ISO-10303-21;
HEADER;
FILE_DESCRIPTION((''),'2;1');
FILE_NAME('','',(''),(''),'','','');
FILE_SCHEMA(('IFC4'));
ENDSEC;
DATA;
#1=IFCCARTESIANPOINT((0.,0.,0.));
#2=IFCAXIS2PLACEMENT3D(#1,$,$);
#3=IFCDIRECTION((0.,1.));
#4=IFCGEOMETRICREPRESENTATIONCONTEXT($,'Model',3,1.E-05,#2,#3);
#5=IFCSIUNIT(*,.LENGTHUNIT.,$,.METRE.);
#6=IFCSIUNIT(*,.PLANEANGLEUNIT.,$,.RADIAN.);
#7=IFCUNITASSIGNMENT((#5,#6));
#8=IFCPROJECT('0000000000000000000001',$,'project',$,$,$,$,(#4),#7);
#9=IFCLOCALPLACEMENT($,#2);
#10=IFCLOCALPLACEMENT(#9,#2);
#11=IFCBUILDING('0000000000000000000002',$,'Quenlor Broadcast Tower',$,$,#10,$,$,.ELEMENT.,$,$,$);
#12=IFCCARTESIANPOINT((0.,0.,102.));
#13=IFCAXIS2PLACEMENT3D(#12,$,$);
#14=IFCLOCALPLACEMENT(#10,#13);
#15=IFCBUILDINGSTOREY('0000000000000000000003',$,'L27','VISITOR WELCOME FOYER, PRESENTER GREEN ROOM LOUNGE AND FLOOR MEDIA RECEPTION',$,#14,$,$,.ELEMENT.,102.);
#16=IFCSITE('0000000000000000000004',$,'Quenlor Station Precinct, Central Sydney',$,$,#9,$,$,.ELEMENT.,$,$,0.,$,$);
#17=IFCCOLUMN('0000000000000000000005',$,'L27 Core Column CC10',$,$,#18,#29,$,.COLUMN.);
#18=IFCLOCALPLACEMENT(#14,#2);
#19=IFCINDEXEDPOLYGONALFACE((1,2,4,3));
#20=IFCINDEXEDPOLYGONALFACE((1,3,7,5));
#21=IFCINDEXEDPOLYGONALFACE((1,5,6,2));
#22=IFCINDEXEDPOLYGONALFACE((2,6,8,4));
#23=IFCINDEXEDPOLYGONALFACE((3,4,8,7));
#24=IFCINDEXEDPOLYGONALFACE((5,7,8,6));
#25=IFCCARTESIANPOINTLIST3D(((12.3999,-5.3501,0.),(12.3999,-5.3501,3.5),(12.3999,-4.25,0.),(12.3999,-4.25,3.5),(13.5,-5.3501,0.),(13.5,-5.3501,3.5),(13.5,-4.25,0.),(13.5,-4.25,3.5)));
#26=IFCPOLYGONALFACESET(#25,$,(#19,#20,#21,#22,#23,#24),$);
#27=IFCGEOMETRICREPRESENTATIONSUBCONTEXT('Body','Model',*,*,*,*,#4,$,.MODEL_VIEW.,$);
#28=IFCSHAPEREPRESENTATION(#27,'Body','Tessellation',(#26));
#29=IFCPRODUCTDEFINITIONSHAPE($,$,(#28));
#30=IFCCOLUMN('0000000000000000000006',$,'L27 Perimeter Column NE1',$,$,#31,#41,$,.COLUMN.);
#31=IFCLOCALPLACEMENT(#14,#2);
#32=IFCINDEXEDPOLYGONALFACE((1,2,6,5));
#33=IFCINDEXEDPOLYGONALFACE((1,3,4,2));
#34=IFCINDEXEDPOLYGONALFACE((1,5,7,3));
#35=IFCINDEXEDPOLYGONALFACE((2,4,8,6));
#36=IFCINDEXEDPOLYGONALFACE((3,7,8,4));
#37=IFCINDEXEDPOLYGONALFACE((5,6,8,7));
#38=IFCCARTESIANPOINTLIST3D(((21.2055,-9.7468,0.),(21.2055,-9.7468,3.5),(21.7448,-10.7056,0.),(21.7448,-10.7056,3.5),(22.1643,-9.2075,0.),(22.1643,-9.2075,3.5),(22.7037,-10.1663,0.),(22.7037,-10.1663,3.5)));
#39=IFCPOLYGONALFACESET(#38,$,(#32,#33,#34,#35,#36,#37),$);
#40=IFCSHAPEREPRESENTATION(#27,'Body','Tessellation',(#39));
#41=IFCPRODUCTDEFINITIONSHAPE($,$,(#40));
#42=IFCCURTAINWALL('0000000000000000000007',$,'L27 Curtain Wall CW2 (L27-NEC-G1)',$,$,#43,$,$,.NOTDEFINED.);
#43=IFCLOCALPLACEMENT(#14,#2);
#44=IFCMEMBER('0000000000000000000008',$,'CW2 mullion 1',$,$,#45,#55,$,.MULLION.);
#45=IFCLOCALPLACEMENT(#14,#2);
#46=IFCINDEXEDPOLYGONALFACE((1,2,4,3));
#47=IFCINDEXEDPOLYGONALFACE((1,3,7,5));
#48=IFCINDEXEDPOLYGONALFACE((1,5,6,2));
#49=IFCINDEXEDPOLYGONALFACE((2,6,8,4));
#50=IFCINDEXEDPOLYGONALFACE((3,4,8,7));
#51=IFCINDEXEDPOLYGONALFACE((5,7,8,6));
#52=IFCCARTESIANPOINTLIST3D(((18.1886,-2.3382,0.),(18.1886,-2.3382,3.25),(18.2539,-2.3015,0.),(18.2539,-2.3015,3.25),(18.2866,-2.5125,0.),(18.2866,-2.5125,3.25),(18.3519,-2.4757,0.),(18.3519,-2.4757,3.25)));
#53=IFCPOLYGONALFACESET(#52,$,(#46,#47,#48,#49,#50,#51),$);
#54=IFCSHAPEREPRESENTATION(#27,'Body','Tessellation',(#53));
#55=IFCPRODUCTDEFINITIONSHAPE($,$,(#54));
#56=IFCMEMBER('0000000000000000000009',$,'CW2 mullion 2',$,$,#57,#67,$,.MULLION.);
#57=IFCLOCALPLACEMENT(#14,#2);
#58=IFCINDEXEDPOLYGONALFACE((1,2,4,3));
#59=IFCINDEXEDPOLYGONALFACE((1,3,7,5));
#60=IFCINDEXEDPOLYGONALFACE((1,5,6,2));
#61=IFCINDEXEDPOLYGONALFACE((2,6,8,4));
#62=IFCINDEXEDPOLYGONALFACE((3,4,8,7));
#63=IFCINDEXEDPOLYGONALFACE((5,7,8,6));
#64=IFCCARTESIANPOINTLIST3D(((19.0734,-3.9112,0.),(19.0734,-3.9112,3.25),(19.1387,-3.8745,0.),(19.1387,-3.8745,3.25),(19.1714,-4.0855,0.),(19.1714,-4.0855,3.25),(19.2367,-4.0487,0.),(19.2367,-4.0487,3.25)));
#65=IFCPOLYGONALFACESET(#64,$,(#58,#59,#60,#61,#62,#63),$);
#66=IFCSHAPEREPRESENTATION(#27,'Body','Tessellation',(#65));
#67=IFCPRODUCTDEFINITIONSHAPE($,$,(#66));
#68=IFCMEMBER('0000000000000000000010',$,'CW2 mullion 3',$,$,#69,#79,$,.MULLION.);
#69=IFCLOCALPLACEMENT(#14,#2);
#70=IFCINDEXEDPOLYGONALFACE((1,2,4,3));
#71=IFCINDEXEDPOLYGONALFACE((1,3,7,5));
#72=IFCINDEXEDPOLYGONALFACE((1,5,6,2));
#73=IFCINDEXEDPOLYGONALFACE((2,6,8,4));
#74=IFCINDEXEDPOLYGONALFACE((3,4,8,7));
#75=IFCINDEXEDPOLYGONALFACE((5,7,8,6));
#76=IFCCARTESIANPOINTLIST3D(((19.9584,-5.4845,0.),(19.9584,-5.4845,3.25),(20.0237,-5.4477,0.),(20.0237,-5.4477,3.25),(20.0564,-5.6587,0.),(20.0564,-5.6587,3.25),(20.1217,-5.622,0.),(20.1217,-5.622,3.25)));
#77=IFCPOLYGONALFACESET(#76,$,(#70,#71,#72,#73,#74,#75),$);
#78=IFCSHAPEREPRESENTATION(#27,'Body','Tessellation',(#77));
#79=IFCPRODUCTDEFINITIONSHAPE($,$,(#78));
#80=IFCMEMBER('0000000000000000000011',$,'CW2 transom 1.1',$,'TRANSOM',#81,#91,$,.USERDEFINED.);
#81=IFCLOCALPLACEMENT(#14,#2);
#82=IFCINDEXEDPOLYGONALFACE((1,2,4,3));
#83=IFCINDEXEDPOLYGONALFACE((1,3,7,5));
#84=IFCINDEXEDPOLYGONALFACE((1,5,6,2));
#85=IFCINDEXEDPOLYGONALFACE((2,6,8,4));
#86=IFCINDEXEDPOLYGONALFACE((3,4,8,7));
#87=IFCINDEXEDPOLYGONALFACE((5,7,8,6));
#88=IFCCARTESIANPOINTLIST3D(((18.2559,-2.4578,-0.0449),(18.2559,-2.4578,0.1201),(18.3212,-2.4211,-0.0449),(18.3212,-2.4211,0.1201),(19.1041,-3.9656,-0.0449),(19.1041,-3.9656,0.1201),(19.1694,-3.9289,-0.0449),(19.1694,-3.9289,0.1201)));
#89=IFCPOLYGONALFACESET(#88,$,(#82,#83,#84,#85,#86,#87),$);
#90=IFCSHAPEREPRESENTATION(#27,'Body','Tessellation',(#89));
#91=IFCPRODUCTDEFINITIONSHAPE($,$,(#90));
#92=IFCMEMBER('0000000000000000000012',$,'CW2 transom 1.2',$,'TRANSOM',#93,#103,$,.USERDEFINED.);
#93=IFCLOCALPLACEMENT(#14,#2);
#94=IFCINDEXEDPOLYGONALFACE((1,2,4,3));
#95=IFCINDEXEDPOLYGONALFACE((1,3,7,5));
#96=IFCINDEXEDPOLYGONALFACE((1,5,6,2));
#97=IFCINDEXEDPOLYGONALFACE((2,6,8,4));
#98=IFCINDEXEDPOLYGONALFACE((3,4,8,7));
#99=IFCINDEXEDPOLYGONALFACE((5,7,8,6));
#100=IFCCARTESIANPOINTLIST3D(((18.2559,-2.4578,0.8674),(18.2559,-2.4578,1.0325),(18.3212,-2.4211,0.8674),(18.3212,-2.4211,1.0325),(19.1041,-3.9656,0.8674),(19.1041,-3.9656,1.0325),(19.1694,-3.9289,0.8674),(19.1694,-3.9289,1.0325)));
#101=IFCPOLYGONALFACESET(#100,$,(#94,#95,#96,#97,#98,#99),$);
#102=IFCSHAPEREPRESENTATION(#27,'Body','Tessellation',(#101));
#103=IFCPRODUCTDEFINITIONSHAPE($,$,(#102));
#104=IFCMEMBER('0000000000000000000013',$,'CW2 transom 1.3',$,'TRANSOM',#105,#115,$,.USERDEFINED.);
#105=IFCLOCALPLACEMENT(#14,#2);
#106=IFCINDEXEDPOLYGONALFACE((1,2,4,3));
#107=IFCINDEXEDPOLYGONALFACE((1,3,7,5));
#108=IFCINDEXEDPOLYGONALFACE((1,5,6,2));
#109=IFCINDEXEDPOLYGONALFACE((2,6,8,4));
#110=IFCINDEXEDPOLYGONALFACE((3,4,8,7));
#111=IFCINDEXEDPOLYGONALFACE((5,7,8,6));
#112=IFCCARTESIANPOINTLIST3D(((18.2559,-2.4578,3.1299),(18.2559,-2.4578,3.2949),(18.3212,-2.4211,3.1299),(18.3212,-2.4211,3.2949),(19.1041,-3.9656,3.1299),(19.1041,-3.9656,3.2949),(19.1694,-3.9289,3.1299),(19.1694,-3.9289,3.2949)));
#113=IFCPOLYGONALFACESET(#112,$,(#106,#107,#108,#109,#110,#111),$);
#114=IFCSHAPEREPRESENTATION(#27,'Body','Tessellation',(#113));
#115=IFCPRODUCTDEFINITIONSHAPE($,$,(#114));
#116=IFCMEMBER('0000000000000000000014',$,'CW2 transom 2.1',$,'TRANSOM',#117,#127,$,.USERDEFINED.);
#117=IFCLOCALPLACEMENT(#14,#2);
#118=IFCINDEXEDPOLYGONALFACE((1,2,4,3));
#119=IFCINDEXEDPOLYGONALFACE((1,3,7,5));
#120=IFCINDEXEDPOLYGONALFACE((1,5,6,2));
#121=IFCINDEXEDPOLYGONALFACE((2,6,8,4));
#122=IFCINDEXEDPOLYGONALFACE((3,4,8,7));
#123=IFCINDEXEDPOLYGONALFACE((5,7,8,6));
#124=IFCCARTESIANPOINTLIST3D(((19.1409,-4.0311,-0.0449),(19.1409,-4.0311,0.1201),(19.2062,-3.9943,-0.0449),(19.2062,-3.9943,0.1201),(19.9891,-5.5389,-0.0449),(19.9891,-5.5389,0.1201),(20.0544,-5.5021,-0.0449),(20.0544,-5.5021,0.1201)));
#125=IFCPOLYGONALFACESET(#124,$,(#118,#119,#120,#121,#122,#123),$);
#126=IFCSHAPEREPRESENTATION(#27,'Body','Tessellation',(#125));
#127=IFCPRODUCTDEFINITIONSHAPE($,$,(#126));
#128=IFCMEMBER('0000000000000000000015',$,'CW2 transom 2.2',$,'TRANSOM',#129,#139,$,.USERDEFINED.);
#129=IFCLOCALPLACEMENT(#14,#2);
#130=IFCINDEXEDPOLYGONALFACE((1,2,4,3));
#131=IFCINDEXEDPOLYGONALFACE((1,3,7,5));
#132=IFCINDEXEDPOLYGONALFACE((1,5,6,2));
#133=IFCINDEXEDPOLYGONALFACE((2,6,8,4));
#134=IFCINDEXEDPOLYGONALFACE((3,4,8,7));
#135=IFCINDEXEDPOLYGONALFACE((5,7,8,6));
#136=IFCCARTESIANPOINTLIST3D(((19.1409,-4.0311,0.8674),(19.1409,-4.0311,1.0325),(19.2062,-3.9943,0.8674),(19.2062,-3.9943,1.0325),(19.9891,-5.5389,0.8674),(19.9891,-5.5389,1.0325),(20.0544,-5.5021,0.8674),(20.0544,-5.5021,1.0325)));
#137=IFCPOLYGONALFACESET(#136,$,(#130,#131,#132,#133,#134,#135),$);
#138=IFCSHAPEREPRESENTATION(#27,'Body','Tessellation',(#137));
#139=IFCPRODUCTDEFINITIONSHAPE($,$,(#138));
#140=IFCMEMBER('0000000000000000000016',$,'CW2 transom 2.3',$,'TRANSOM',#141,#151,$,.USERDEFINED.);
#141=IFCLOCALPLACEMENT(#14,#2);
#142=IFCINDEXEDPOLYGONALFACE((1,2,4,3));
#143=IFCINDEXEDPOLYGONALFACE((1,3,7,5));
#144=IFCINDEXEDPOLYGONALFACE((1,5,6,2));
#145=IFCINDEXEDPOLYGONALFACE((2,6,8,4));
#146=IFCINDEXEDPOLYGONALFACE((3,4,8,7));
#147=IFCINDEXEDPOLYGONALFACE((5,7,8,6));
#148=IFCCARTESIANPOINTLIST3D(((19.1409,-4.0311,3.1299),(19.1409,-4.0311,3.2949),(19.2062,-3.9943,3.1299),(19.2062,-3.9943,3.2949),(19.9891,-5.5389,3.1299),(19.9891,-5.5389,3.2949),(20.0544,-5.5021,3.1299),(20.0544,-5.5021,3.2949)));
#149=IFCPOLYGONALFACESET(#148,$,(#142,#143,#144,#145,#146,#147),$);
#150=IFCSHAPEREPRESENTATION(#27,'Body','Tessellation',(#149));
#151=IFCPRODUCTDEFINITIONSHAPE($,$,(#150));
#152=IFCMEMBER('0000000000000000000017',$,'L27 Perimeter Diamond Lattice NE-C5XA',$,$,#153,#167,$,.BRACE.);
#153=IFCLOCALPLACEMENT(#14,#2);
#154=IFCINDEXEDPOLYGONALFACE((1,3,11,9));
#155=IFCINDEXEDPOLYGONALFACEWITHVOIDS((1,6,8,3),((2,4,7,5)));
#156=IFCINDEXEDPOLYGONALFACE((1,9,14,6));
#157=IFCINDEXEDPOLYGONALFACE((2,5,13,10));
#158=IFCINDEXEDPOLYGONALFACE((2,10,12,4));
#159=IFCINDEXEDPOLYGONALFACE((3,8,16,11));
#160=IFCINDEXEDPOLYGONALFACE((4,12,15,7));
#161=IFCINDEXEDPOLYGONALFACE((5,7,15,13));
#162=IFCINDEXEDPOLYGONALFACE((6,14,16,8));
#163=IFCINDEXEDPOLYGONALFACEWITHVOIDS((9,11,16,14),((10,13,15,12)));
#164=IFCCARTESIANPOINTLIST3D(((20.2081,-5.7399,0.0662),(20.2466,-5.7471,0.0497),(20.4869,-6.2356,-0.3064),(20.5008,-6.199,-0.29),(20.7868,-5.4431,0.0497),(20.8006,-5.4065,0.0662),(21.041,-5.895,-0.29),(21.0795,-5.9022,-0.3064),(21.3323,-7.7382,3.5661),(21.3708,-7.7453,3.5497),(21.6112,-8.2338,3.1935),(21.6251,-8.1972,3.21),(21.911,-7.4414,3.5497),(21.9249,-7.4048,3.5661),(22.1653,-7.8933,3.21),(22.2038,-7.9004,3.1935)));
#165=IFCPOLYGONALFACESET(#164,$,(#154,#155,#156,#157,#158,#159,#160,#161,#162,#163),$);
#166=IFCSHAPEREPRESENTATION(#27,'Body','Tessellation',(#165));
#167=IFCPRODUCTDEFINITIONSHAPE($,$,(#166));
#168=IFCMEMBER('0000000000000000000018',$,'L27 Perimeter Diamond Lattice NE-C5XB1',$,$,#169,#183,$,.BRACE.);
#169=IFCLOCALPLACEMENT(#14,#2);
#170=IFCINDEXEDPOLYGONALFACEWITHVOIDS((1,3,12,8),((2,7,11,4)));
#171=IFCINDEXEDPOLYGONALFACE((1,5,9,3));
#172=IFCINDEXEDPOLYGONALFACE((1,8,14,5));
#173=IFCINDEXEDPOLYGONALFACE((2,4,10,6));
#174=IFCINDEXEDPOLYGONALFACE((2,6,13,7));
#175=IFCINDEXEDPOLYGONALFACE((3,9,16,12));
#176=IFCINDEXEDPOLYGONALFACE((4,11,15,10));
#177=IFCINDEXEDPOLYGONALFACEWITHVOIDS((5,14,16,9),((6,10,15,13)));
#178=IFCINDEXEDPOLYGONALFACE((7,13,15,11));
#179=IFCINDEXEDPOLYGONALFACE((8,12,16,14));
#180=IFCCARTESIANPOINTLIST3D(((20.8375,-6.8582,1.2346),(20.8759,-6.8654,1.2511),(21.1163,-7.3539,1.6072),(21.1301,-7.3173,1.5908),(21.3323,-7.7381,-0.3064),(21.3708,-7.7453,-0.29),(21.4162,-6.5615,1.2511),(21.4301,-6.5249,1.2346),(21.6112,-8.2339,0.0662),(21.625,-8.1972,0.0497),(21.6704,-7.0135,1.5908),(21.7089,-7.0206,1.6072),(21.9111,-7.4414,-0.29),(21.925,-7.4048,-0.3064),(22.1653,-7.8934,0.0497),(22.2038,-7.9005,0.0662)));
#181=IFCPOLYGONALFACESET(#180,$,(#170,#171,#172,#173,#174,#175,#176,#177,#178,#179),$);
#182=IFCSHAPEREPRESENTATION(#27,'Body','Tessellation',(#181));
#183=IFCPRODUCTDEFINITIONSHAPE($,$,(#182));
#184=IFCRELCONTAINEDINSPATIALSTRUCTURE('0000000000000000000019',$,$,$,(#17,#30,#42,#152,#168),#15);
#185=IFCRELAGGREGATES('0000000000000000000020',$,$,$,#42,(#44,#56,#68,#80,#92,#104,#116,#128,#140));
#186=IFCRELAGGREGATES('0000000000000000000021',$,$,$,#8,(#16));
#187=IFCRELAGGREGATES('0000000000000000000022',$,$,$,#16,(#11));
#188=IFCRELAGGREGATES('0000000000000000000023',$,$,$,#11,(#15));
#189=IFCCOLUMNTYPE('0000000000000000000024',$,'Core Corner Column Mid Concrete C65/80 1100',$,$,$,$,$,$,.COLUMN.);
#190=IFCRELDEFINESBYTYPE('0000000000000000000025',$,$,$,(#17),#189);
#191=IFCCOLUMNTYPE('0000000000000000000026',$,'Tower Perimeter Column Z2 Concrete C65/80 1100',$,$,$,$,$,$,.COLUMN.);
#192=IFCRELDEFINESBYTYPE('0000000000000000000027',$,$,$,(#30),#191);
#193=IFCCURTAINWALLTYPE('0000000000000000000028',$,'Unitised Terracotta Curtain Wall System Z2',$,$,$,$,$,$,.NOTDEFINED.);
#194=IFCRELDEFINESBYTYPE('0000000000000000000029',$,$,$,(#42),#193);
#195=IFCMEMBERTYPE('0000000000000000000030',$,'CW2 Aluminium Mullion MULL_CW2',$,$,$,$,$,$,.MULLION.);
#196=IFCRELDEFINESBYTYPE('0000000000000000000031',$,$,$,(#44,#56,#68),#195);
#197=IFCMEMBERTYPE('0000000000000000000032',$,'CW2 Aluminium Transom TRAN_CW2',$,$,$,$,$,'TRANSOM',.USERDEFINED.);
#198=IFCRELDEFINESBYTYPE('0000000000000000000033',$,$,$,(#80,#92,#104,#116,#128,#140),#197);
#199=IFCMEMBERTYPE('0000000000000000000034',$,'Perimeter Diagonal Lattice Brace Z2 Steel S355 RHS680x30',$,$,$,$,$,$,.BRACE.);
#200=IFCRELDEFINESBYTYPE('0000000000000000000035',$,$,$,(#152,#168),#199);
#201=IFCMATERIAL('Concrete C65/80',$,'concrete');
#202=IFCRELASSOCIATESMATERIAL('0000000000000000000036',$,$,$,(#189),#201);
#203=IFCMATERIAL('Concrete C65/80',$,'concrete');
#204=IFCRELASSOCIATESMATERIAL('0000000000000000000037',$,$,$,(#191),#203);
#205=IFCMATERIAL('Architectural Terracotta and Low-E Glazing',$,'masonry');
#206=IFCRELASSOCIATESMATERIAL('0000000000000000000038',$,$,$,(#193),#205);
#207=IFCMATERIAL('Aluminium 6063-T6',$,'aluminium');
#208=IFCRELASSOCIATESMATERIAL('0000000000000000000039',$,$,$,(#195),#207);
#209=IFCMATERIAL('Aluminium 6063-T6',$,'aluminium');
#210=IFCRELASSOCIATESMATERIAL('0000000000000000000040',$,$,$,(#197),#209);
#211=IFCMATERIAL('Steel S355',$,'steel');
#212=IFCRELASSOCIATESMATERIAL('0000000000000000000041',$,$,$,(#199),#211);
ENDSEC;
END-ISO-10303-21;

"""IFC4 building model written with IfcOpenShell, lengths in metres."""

from ifc_helpers import new_model, si_unit, direction, frame, origin, origin_2d, place, context, subcontext, project, spatial, rectangle, hollow_rectangle, extrude, material, material_profile, profile_set, type_object, element, aggregate, save


model = new_model("IFC4")

# Units and contexts
model_context = context("Model", 3, precision=1e-05, world=origin(), true_north=direction((0.0, 1.0)))
body_context = subcontext(model_context, "Body", "Model", "MODEL_VIEW")
ifc_project = project(units=[si_unit("LENGTHUNIT", "METRE"), si_unit("PLANEANGLEUNIT", "RADIAN")], contexts=[model_context])

# Site, building, storey
site_placement = place(None, origin())
site = spatial("IfcSite", under=ifc_project, at=site_placement, Name="Quenlor Station Precinct, Central Sydney", CompositionType="ELEMENT", RefElevation=0.0)
building_placement = place(site_placement, origin())
building = spatial("IfcBuilding", under=site, at=building_placement, Name="Quenlor Broadcast Tower", CompositionType="ELEMENT")
storey_placement = place(building_placement, frame((0.0, 0.0, 102.0)))
storey = spatial("IfcBuildingStorey", under=building, at=storey_placement, Name="L27", Description="VISITOR WELCOME FOYER, PRESENTER GREEN ROOM LOUNGE AND FLOOR MEDIA RECEPTION", CompositionType="ELEMENT", Elevation=102.0)

# Columns
ifc_material_1 = material(Name="Concrete C65/80", Category="concrete")
ifc_material_profile_1 = material_profile(ifc_material_1, rectangle(XDim=1.1001, YDim=1.1001, at=origin_2d()))
ifc_profile_set_1 = profile_set([ifc_material_profile_1], Name="Concrete C65/80 RC1100x1100")
column_type_1 = type_object("IfcColumnType", Name="Core Corner Column Mid Concrete C65/80 1100", PredefinedType="COLUMN", material=ifc_profile_set_1)
column_1_placement = place(storey_placement, frame((12.95, -4.8, 0.0), z_axis=(0.0, 0.0, 1.0), x_axis=(1.0, 0.0, 0.0)))
element("IfcColumn", 1, at=column_1_placement, inside=storey, type_object=column_type_1, Name="L27 Core Column CC10", PredefinedType="COLUMN", context=body_context, shape_type="SweptSolid", body=[
    extrude(rectangle(XDim=1.1001, YDim=1.1001, at=origin_2d()), origin(), (0.0, 0.0, 1.0), 3.5),
])
ifc_material_2 = material(Name="Concrete C65/80", Category="concrete")
ifc_material_profile_2 = material_profile(ifc_material_2, rectangle(XDim=1.1001, YDim=1.1001, at=origin_2d()))
ifc_profile_set_2 = profile_set([ifc_material_profile_2], Name="Concrete C65/80 RC1100x1100")
column_type_2 = type_object("IfcColumnType", Name="Tower Perimeter Column Z2 Concrete C65/80 1100", PredefinedType="COLUMN", material=ifc_profile_set_2)
column_2_placement = place(storey_placement, frame((21.9546, -9.9565, 0.0), z_axis=(0.0, 0.0, 1.0), x_axis=(0.871575, 0.490262, 0.0)))
element("IfcColumn", 2, at=column_2_placement, inside=storey, type_object=column_type_2, Name="L27 Perimeter Column NE1", PredefinedType="COLUMN", context=body_context, shape_type="SweptSolid", body=[
    extrude(rectangle(XDim=1.1001, YDim=1.1001, at=origin_2d()), origin(), (0.0, 0.0, 1.0), 3.5),
])

# Curtain wall, members
ifc_material_3 = material(Name="Architectural Terracotta and Low-E Glazing", Category="masonry")
curtain_wall_type = type_object("IfcCurtainWallType", Name="Unitised Terracotta Curtain Wall System Z2", PredefinedType="NOTDEFINED", material=ifc_material_3)
curtain_wall_placement = place(storey_placement, origin())
curtain_wall = element("IfcCurtainWall", 3, at=curtain_wall_placement, inside=storey, type_object=curtain_wall_type, Name="L27 Curtain Wall CW2 (L27-NEC-G1)", PredefinedType="NOTDEFINED")
ifc_material_4 = material(Name="Aluminium 6063-T6", Category="aluminium")
ifc_material_profile_3 = material_profile(ifc_material_4, rectangle(XDim=0.075, YDim=0.2, at=origin_2d()))
ifc_profile_set_3 = profile_set([ifc_material_profile_3], Name="Aluminium 6063-T6 MULL75x200")
member_type_1 = type_object("IfcMemberType", Name="CW2 Aluminium Mullion MULL_CW2", PredefinedType="MULLION", material=ifc_profile_set_3)
member_1_placement = place(storey_placement, frame((18.2703, -2.407, 0.0), z_axis=(0.0, 0.0, 1.0), x_axis=(0.871567, 0.490277, 0.0)))
member_1 = element("IfcMember", 4, at=member_1_placement, type_object=member_type_1, Name="CW2 mullion 1", PredefinedType="MULLION", context=body_context, shape_type="SweptSolid", body=[
    extrude(rectangle(XDim=0.075, YDim=0.2, at=origin_2d()), origin(), (0.0, 0.0, 1.0), 3.25),
])
member_2_placement = place(storey_placement, frame((19.155, -3.98, 0.0), z_axis=(0.0, 0.0, 1.0), x_axis=(0.871567, 0.490277, 0.0)))
member_2 = element("IfcMember", 5, at=member_2_placement, type_object=member_type_1, Name="CW2 mullion 2", PredefinedType="MULLION", context=body_context, shape_type="SweptSolid", body=[
    extrude(rectangle(XDim=0.075, YDim=0.2, at=origin_2d()), origin(), (0.0, 0.0, 1.0), 3.25),
])
member_3_placement = place(storey_placement, frame((20.04, -5.5532, 0.0), z_axis=(0.0, 0.0, 1.0), x_axis=(0.871567, 0.490277, 0.0)))
member_3 = element("IfcMember", 6, at=member_3_placement, type_object=member_type_1, Name="CW2 mullion 3", PredefinedType="MULLION", context=body_context, shape_type="SweptSolid", body=[
    extrude(rectangle(XDim=0.075, YDim=0.2, at=origin_2d()), origin(), (0.0, 0.0, 1.0), 3.25),
])
ifc_material_5 = material(Name="Aluminium 6063-T6", Category="aluminium")
ifc_material_profile_4 = material_profile(ifc_material_5, rectangle(XDim=0.075, YDim=0.165, at=origin_2d()))
ifc_profile_set_4 = profile_set([ifc_material_profile_4], Name="Aluminium 6063-T6 TRAN75x165")
member_type_2 = type_object("IfcMemberType", Name="CW2 Aluminium Transom TRAN_CW2", ElementType="TRANSOM", PredefinedType="USERDEFINED", material=ifc_profile_set_4)
member_4_placement = place(storey_placement, frame((18.2886, -2.4395, 0.0376), z_axis=(0.490261, -0.871576, 0.0), x_axis=(0.871576, 0.490261, 0.0)))
member_4 = element("IfcMember", 7, at=member_4_placement, type_object=member_type_2, Name="CW2 transom 1.1", ObjectType="TRANSOM", PredefinedType="USERDEFINED", context=body_context, shape_type="SweptSolid", body=[
    extrude(rectangle(XDim=0.075, YDim=0.165, at=origin_2d()), origin(), (0.0, 0.0, 1.0), 1.73),
])
member_5_placement = place(storey_placement, frame((18.2886, -2.4395, 0.95), z_axis=(0.490261, -0.871576, 0.0), x_axis=(0.871576, 0.490261, 0.0)))
member_5 = element("IfcMember", 8, at=member_5_placement, type_object=member_type_2, Name="CW2 transom 1.2", ObjectType="TRANSOM", PredefinedType="USERDEFINED", context=body_context, shape_type="SweptSolid", body=[
    extrude(rectangle(XDim=0.075, YDim=0.165, at=origin_2d()), origin(), (0.0, 0.0, 1.0), 1.73),
])
member_6_placement = place(storey_placement, frame((18.2886, -2.4395, 3.2124), z_axis=(0.490261, -0.871576, 0.0), x_axis=(0.871576, 0.490261, 0.0)))
member_6 = element("IfcMember", 9, at=member_6_placement, type_object=member_type_2, Name="CW2 transom 1.3", ObjectType="TRANSOM", PredefinedType="USERDEFINED", context=body_context, shape_type="SweptSolid", body=[
    extrude(rectangle(XDim=0.075, YDim=0.165, at=origin_2d()), origin(), (0.0, 0.0, 1.0), 1.73),
])
member_7_placement = place(storey_placement, frame((19.1736, -4.0127, 0.0376), z_axis=(0.490261, -0.871576, 0.0), x_axis=(0.871576, 0.490261, 0.0)))
member_7 = element("IfcMember", 10, at=member_7_placement, type_object=member_type_2, Name="CW2 transom 2.1", ObjectType="TRANSOM", PredefinedType="USERDEFINED", context=body_context, shape_type="SweptSolid", body=[
    extrude(rectangle(XDim=0.075, YDim=0.165, at=origin_2d()), origin(), (0.0, 0.0, 1.0), 1.73),
])
member_8_placement = place(storey_placement, frame((19.1736, -4.0127, 0.95), z_axis=(0.490261, -0.871576, 0.0), x_axis=(0.871576, 0.490261, 0.0)))
member_8 = element("IfcMember", 11, at=member_8_placement, type_object=member_type_2, Name="CW2 transom 2.2", ObjectType="TRANSOM", PredefinedType="USERDEFINED", context=body_context, shape_type="SweptSolid", body=[
    extrude(rectangle(XDim=0.075, YDim=0.165, at=origin_2d()), origin(), (0.0, 0.0, 1.0), 1.73),
])
member_9_placement = place(storey_placement, frame((19.1736, -4.0127, 3.2124), z_axis=(0.490261, -0.871576, 0.0), x_axis=(0.871576, 0.490261, 0.0)))
member_9 = element("IfcMember", 12, at=member_9_placement, type_object=member_type_2, Name="CW2 transom 2.3", ObjectType="TRANSOM", PredefinedType="USERDEFINED", context=body_context, shape_type="SweptSolid", body=[
    extrude(rectangle(XDim=0.075, YDim=0.165, at=origin_2d()), origin(), (0.0, 0.0, 1.0), 1.73),
])

# Members
ifc_material_6 = material(Name="Steel S355", Category="steel")
ifc_material_profile_5 = material_profile(ifc_material_6, hollow_rectangle(XDim=0.6799, YDim=0.6799, WallThickness=0.03, at=origin_2d()))
ifc_profile_set_5 = profile_set([ifc_material_profile_5], Name="Steel S355 RHS680x680x30")
member_type_3 = type_object("IfcMemberType", Name="Perimeter Diagonal Lattice Brace Z2 Steel S355 RHS680x30", PredefinedType="BRACE", material=ifc_profile_set_5)
member_10_placement = place(storey_placement, frame((20.6438, -5.821, -0.1201), z_axis=(0.268697, -0.477585, 0.836489), x_axis=(0.871533, 0.490337, 0.0)))
element("IfcMember", 13, at=member_10_placement, inside=storey, type_object=member_type_3, Name="L27 Perimeter Diamond Lattice NE-C5XA", PredefinedType="BRACE", context=body_context, shape_type="SweptSolid", body=[
    extrude(hollow_rectangle(XDim=0.6799, YDim=0.6799, WallThickness=0.03, at=origin_2d()), origin(), (0.0, 0.0, 1.0), 4.1841),
])
member_11_placement = place(storey_placement, frame((21.7681, -7.8193, -0.1201), z_axis=(-0.268627, 0.477618, 0.836493), x_axis=(-0.871601, -0.490215, 0.0)))
element("IfcMember", 14, at=member_11_placement, inside=storey, type_object=member_type_3, Name="L27 Perimeter Diamond Lattice NE-C5XB1", PredefinedType="BRACE", context=body_context, shape_type="SweptSolid", body=[
    extrude(hollow_rectangle(XDim=0.6799, YDim=0.6799, WallThickness=0.03, at=origin_2d()), origin(), (0.0, 0.0, 1.0), 1.8423),
])

aggregate(curtain_wall, [member_1, member_2, member_3, member_4, member_5, member_6, member_7, member_8, member_9])

save(model, "model.ifc")
